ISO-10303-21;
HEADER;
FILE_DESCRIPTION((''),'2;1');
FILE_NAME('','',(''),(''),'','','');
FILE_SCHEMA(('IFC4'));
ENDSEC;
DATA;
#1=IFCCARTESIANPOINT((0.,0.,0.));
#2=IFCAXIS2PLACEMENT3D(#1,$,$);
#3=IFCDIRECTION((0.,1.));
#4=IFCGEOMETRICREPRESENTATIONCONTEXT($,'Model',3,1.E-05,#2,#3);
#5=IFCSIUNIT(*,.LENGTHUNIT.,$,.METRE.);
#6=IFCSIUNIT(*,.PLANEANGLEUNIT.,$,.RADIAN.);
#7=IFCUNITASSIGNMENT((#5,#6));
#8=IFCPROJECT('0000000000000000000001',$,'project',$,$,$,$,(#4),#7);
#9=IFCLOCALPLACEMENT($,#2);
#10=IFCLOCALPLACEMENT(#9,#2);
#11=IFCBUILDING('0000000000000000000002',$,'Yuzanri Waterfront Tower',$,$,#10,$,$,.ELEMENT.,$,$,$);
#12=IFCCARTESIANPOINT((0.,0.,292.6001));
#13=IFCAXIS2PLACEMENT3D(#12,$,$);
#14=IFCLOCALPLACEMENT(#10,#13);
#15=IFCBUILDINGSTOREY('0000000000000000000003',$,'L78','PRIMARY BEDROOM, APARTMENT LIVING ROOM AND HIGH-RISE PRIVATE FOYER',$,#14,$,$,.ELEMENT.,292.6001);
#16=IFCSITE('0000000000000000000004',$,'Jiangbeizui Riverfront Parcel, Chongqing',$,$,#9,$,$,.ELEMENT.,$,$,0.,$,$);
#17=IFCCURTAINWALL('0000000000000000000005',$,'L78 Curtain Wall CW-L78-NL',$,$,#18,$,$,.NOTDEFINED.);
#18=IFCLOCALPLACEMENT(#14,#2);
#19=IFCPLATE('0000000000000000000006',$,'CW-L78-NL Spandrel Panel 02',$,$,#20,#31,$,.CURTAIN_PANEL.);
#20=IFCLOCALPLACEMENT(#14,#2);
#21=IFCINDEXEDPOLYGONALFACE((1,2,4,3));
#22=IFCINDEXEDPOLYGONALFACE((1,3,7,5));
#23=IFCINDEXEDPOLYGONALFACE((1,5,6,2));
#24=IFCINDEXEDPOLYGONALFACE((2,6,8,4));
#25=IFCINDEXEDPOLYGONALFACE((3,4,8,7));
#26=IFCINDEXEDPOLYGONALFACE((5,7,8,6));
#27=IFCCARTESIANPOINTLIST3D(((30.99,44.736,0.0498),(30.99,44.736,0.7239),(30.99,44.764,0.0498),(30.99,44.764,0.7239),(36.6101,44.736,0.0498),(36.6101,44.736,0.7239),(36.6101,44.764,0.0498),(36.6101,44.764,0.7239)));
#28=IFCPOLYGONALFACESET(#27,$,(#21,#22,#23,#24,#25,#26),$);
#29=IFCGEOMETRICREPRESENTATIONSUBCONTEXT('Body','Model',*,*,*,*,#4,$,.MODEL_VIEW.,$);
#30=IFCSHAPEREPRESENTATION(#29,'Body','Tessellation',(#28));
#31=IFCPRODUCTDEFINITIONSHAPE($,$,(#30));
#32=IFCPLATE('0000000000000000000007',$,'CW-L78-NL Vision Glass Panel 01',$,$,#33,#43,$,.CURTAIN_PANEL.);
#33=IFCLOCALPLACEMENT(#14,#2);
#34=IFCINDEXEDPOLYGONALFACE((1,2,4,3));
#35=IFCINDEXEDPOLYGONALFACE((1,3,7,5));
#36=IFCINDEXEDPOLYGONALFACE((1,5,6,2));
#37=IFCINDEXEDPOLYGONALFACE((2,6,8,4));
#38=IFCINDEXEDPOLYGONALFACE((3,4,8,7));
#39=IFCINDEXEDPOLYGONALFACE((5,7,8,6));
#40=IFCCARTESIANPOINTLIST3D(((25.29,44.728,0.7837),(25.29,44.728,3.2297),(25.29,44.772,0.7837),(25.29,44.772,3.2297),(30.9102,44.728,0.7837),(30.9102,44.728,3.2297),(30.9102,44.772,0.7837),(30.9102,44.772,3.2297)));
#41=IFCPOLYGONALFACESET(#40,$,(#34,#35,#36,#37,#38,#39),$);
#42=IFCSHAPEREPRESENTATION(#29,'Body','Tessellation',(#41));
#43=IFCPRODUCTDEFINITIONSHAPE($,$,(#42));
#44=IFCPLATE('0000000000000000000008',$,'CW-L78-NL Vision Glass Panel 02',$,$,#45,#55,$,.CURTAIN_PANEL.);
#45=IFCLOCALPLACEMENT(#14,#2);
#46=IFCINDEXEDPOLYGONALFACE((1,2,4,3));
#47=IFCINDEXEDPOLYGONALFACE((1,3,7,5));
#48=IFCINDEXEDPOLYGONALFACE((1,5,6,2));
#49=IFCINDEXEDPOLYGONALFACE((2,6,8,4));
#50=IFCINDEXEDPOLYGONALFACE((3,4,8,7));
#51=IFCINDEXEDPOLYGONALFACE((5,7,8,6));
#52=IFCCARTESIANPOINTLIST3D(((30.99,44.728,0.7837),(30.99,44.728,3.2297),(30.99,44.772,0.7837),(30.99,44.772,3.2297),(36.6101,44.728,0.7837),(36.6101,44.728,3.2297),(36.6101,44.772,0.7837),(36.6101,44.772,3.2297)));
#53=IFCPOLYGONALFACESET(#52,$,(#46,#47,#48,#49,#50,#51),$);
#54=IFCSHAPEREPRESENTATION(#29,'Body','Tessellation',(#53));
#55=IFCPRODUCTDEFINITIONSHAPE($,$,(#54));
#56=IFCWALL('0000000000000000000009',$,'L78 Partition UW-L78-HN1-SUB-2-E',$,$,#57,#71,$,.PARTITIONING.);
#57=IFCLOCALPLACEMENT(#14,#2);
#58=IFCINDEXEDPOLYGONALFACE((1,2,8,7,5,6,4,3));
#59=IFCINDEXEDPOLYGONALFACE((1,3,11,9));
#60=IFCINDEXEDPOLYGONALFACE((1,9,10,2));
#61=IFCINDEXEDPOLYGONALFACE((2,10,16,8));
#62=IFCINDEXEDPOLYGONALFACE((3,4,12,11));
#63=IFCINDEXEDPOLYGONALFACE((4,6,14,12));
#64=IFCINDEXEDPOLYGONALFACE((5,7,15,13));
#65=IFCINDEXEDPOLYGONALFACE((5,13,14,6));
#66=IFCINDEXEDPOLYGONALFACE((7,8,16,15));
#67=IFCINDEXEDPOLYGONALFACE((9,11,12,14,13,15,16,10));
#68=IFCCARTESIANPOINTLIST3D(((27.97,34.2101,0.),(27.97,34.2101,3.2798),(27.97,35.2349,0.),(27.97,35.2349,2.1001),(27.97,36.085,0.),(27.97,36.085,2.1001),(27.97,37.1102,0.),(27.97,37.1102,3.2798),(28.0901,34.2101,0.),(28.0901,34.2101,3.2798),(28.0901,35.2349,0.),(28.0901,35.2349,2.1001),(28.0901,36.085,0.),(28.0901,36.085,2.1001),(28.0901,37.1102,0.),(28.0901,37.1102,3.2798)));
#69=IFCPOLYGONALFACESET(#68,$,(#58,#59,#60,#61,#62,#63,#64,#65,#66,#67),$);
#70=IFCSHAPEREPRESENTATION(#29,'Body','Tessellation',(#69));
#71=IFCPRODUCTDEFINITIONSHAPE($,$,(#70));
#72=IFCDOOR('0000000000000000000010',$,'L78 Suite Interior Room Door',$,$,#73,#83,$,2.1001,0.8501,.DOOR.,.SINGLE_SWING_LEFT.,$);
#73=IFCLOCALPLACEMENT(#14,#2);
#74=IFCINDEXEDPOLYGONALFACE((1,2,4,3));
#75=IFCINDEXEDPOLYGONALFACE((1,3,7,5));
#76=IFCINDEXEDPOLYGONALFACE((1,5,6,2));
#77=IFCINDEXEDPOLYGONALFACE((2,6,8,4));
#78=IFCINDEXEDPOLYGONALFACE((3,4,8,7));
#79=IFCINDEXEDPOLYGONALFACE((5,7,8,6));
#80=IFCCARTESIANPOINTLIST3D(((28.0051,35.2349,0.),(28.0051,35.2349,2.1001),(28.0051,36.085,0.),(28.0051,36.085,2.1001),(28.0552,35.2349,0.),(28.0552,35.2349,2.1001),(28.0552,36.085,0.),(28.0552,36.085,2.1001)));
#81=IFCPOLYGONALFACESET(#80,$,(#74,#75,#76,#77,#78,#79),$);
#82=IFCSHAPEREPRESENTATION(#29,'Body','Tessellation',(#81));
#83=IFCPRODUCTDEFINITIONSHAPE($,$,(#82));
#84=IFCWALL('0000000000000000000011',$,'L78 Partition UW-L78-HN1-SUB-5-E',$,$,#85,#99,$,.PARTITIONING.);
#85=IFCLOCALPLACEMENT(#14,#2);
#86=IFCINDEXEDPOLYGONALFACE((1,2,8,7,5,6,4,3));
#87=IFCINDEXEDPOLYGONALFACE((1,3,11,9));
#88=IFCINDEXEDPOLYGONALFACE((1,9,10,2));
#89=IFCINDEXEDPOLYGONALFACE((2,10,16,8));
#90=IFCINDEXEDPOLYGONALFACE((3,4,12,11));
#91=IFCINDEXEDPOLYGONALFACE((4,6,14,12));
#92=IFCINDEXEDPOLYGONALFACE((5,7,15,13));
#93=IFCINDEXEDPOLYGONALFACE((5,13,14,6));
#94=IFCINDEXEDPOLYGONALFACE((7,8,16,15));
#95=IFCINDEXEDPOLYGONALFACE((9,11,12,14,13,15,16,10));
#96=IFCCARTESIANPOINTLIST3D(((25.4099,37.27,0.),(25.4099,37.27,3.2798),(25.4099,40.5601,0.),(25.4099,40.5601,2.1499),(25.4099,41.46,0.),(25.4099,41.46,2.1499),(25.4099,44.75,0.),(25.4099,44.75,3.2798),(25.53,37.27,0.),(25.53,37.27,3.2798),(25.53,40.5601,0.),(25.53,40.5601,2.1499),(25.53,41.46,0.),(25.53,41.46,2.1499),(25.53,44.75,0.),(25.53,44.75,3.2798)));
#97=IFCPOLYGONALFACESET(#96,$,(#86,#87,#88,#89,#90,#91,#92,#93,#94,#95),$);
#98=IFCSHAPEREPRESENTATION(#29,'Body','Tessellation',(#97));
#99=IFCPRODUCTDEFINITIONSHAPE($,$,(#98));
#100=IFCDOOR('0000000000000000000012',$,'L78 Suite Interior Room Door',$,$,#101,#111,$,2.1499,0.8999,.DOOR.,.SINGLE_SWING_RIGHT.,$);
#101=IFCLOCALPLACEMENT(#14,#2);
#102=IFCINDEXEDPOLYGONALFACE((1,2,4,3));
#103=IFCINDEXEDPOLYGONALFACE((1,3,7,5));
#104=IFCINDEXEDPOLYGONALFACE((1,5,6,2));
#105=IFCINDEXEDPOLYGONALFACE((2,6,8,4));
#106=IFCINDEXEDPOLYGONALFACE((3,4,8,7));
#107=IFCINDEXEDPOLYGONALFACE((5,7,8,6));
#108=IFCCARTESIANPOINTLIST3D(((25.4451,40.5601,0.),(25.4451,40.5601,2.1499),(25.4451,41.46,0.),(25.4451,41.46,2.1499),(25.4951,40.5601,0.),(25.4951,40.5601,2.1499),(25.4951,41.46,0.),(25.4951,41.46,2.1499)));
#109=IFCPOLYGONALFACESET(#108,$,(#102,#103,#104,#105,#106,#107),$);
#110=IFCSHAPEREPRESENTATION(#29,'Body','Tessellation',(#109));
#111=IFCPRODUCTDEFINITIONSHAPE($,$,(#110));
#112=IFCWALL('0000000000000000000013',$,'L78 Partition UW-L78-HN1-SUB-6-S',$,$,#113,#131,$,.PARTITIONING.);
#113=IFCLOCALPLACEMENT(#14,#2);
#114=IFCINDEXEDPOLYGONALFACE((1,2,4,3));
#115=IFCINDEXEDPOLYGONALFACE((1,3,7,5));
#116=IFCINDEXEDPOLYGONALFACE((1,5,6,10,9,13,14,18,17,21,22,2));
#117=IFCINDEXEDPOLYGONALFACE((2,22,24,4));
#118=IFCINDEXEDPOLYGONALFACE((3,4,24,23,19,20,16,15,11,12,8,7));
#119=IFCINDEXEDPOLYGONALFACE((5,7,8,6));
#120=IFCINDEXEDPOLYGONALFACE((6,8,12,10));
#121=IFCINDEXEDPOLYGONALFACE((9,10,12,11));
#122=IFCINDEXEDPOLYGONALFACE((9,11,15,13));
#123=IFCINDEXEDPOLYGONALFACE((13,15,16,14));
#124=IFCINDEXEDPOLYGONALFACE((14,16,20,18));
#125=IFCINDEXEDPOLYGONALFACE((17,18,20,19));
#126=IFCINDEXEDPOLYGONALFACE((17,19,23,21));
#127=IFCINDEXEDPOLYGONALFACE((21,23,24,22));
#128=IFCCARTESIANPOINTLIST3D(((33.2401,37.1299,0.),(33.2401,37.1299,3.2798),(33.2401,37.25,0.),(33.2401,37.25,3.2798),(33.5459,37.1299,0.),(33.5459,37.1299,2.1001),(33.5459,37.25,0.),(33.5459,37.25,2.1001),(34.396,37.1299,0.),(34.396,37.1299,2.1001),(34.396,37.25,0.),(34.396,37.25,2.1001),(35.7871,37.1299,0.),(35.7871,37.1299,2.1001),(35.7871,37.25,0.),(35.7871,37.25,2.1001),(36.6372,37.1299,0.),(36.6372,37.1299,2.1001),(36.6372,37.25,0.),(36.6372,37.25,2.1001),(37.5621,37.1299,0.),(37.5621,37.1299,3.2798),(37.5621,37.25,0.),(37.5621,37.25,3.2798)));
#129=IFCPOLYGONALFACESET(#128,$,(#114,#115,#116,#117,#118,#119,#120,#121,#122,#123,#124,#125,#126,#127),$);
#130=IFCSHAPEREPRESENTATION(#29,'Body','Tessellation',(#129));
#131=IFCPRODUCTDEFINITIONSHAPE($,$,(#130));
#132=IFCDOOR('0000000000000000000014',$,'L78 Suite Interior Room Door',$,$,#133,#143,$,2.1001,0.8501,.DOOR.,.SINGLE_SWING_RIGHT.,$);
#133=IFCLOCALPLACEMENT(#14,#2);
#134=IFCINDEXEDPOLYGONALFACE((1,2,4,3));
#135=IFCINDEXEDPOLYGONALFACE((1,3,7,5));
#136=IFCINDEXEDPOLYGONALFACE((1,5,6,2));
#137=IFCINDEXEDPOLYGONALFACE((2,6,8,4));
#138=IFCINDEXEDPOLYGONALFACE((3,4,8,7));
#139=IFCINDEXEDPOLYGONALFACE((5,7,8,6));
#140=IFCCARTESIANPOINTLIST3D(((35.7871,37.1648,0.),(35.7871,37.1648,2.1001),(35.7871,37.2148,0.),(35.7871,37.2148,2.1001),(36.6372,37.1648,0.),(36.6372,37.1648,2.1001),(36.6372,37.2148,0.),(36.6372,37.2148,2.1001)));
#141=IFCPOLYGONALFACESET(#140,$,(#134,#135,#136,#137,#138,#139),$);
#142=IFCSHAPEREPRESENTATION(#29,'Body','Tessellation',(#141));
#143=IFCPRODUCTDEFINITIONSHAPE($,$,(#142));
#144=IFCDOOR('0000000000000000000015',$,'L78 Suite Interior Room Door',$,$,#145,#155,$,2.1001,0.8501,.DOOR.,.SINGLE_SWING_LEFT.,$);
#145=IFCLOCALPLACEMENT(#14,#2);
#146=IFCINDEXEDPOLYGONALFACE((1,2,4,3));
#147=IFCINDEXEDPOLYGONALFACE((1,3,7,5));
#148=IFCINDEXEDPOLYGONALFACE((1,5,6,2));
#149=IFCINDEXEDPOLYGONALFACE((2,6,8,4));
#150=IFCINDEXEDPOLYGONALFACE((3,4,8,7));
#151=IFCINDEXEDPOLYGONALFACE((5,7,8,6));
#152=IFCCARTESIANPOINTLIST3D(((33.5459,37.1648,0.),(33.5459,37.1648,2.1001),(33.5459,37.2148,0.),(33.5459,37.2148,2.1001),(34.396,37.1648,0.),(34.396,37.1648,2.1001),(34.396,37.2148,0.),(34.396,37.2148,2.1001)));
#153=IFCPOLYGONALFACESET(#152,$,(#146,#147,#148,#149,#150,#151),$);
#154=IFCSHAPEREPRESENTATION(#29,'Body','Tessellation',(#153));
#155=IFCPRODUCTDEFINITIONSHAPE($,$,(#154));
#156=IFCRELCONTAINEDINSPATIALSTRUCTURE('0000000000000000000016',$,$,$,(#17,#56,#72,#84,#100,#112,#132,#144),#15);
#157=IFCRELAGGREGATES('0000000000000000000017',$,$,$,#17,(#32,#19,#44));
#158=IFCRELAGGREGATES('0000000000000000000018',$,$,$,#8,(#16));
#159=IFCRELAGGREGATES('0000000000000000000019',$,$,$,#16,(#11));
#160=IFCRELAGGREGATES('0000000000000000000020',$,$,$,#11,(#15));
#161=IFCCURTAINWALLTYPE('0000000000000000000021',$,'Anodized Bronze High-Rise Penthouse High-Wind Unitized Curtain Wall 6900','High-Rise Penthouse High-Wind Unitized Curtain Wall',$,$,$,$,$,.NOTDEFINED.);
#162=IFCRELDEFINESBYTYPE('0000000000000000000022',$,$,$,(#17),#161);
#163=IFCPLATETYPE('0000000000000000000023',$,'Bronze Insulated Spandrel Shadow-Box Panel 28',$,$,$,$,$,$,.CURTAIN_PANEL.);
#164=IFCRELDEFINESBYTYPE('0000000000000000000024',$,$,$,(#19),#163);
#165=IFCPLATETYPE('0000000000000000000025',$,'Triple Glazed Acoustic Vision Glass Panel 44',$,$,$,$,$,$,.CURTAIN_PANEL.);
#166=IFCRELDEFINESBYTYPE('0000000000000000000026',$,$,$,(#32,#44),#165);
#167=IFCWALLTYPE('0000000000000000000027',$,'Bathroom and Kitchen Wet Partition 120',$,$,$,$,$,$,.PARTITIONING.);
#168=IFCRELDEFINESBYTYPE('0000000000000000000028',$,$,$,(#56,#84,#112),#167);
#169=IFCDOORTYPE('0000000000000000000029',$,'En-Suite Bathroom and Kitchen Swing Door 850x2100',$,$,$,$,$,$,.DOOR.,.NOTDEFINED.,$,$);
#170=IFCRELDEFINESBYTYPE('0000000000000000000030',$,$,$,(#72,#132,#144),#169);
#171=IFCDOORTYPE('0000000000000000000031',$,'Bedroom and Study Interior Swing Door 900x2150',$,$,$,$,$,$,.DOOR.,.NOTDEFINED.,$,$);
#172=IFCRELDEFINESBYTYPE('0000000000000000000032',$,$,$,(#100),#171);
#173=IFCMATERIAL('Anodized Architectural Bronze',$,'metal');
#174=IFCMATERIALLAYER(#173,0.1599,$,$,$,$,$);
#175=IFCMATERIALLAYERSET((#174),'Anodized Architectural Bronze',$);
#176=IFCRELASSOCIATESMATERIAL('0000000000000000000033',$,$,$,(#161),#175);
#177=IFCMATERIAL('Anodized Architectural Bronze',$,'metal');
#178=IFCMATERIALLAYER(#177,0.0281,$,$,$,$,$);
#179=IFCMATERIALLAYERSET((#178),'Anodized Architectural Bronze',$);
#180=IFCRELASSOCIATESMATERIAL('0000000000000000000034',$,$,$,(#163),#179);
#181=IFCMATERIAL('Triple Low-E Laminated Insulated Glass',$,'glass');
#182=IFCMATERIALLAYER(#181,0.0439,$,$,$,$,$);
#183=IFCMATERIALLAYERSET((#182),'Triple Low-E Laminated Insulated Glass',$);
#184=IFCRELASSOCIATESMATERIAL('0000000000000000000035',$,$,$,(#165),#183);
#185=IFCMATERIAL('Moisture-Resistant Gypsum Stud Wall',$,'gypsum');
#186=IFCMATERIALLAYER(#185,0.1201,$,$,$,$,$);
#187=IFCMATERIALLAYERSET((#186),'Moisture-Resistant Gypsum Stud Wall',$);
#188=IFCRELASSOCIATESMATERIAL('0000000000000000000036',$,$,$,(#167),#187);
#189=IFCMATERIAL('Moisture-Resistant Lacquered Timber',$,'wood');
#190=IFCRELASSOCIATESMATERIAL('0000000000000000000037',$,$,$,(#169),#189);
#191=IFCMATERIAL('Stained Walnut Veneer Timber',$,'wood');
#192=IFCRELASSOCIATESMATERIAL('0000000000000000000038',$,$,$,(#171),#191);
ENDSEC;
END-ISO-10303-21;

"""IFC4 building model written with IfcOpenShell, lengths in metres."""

from ifc_helpers import new_model, si_unit, direction, frame, frame_2d, origin, origin_2d, place, context, subcontext, project, spatial, rectangle, extrude, source, transform, mapped, material, layer, layer_set, type_object, element, fill, aggregate, save


model = new_model("IFC4")

# Units and contexts
model_context = context("Model", 3, precision=1e-05, world=origin(), true_north=direction((0.0, 1.0)))
body_context = subcontext(model_context, "Body", "Model", "MODEL_VIEW")
ifc_project = project(units=[si_unit("LENGTHUNIT", "METRE"), si_unit("PLANEANGLEUNIT", "RADIAN")], contexts=[model_context])

# Site, building, storey
site_placement = place(None, origin())
site = spatial("IfcSite", under=ifc_project, at=site_placement, Name="Jiangbeizui Riverfront Parcel, Chongqing", CompositionType="ELEMENT", RefElevation=0.0)
building_placement = place(site_placement, origin())
building = spatial("IfcBuilding", under=site, at=building_placement, Name="Yuzanri Waterfront Tower", CompositionType="ELEMENT")
storey_placement = place(building_placement, frame((0.0, 0.0, 292.6001)))
storey = spatial("IfcBuildingStorey", under=building, at=storey_placement, Name="L78", Description="PRIMARY BEDROOM, APARTMENT LIVING ROOM AND HIGH-RISE PRIVATE FOYER", CompositionType="ELEMENT", Elevation=292.6001)

# Curtain wall, plates
ifc_material_1 = material(Name="Anodized Architectural Bronze", Category="metal")
ifc_layer_1 = layer(ifc_material_1, 0.1599)
ifc_layer_set_1 = layer_set([ifc_layer_1], Name="Anodized Architectural Bronze")
curtain_wall_type = type_object("IfcCurtainWallType", Name="Anodized Bronze High-Rise Penthouse High-Wind Unitized Curtain Wall 6900", Description="High-Rise Penthouse High-Wind Unitized Curtain Wall", PredefinedType="NOTDEFINED", material=ifc_layer_set_1)
curtain_wall_placement = place(storey_placement, origin())
curtain_wall = element("IfcCurtainWall", 1, at=curtain_wall_placement, inside=storey, type_object=curtain_wall_type, Name="L78 Curtain Wall CW-L78-NL", PredefinedType="NOTDEFINED")
ifc_material_2 = material(Name="Anodized Architectural Bronze", Category="metal")
ifc_layer_2 = layer(ifc_material_2, 0.0281)
ifc_layer_set_2 = layer_set([ifc_layer_2], Name="Anodized Architectural Bronze")
plate_type_1 = type_object("IfcPlateType", Name="Bronze Insulated Spandrel Shadow-Box Panel 28", PredefinedType="CURTAIN_PANEL", material=ifc_layer_set_2)
shared_shape_1 = source(origin(), body_context, "Body", "SweptSolid", [
    extrude(rectangle(XDim=5.6201, YDim=0.0281, at=origin_2d()), origin(), (0.0, 0.0, 1.0), 0.6741),
])
plate_1_placement = place(storey_placement, frame((33.8, 44.75, 0.0498), z_axis=(0.0, 0.0, 1.0), x_axis=(1.0, 0.0, 0.0)))
plate_1 = element("IfcPlate", 2, at=plate_1_placement, type_object=plate_type_1, Name="CW-L78-NL Spandrel Panel 02", PredefinedType="CURTAIN_PANEL", context=body_context, shape_type="MappedRepresentation", body=[
    mapped(shared_shape_1, transform((0.0, 0.0, 0.0), scale=1.0)),
])
ifc_material_3 = material(Name="Triple Low-E Laminated Insulated Glass", Category="glass")
ifc_layer_3 = layer(ifc_material_3, 0.0439)
ifc_layer_set_3 = layer_set([ifc_layer_3], Name="Triple Low-E Laminated Insulated Glass")
plate_type_2 = type_object("IfcPlateType", Name="Triple Glazed Acoustic Vision Glass Panel 44", PredefinedType="CURTAIN_PANEL", material=ifc_layer_set_3)
shared_shape_2 = source(origin(), body_context, "Body", "SweptSolid", [
    extrude(rectangle(XDim=5.6201, YDim=0.0439, at=origin_2d()), origin(), (0.0, 0.0, 1.0), 2.446),
])
plate_2_placement = place(storey_placement, frame((28.1001, 44.75, 0.7837), z_axis=(0.0, 0.0, 1.0), x_axis=(1.0, 0.0, 0.0)))
plate_2 = element("IfcPlate", 3, at=plate_2_placement, type_object=plate_type_2, Name="CW-L78-NL Vision Glass Panel 01", PredefinedType="CURTAIN_PANEL", context=body_context, shape_type="MappedRepresentation", body=[
    mapped(shared_shape_2, transform((0.0, 0.0, 0.0), scale=1.0)),
])
plate_3_placement = place(storey_placement, frame((33.8, 44.75, 0.7837), z_axis=(0.0, 0.0, 1.0), x_axis=(1.0, 0.0, 0.0)))
plate_3 = element("IfcPlate", 4, at=plate_3_placement, type_object=plate_type_2, Name="CW-L78-NL Vision Glass Panel 02", PredefinedType="CURTAIN_PANEL", context=body_context, shape_type="MappedRepresentation", body=[
    mapped(shared_shape_2, transform((0.0, 0.0, 0.0), scale=1.0)),
])
aggregate(curtain_wall, [plate_2, plate_1, plate_3])

# Walls, openings, doors
ifc_material_4 = material(Name="Moisture-Resistant Gypsum Stud Wall", Category="gypsum")
ifc_layer_4 = layer(ifc_material_4, 0.1201)
ifc_layer_set_4 = layer_set([ifc_layer_4], Name="Moisture-Resistant Gypsum Stud Wall")
wall_type = type_object("IfcWallType", Name="Bathroom and Kitchen Wet Partition 120", PredefinedType="PARTITIONING", material=ifc_layer_set_4)
wall_1_placement = place(storey_placement, frame((28.03, 34.21, 0.0), z_axis=(0.0, 0.0, 1.0), x_axis=(0.0, 1.0, 0.0)))
wall_1 = element("IfcWall", 5, at=wall_1_placement, inside=storey, type_object=wall_type, Name="L78 Partition UW-L78-HN1-SUB-2-E", PredefinedType="PARTITIONING", context=body_context, shape_type="SweptSolid", body=[
    extrude(rectangle(XDim=2.9001, YDim=0.1201, at=frame_2d((1.4502, 0.0))), origin(), (0.0, 0.0, 1.0), 3.2798),
])
opening_1_placement = place(wall_1_placement, frame((1.0249, 0.0, 0.0)))
opening_1 = element("IfcOpeningElement", 6, at=opening_1_placement, cuts=wall_1, PredefinedType="OPENING", context=body_context, shape_type="SweptSolid", body=[
    extrude(rectangle(XDim=0.8501, YDim=2.1001, at=frame_2d((0.425, 1.05))), frame((0.0, 0.075, 0.0), z_axis=(0.0, -1.0, 0.0), x_axis=(1.0, 0.0, 0.0)), (0.0, 0.0, 1.0), 0.1499),
])
ifc_material_5 = material(Name="Moisture-Resistant Lacquered Timber", Category="wood")
door_type_1 = type_object("IfcDoorType", Name="En-Suite Bathroom and Kitchen Swing Door 850x2100", OperationType="NOTDEFINED", PredefinedType="DOOR", material=ifc_material_5)
shared_shape_3 = source(origin(), body_context, "Body", "SweptSolid", [
    extrude(rectangle(XDim=0.8501, YDim=2.1001, at=frame_2d((0.425, 1.05))), frame((0.0, 0.0249, 0.0), z_axis=(0.0, -1.0, 0.0), x_axis=(1.0, 0.0, 0.0)), (0.0, 0.0, 1.0), 0.05),
])
door_1_placement = place(opening_1_placement, origin())
door_1 = element("IfcDoor", 7, at=door_1_placement, inside=storey, type_object=door_type_1, Name="L78 Suite Interior Room Door", OperationType="SINGLE_SWING_LEFT", OverallHeight=2.1001, OverallWidth=0.8501, PredefinedType="DOOR", context=body_context, shape_type="MappedRepresentation", body=[
    mapped(shared_shape_3, transform((0.0, 0.0, 0.0), scale=1.0)),
])
fill(opening_1, door_1)
wall_2_placement = place(storey_placement, frame((25.47, 37.27, 0.0), z_axis=(0.0, 0.0, 1.0), x_axis=(0.0, 1.0, 0.0)))
wall_2 = element("IfcWall", 8, at=wall_2_placement, inside=storey, type_object=wall_type, Name="L78 Partition UW-L78-HN1-SUB-5-E", PredefinedType="PARTITIONING", context=body_context, shape_type="SweptSolid", body=[
    extrude(rectangle(XDim=7.48, YDim=0.1201, at=frame_2d((3.74, 0.0))), origin(), (0.0, 0.0, 1.0), 3.2798),
])
opening_2_placement = place(wall_2_placement, frame((3.29, 0.0, 0.0)))
opening_2 = element("IfcOpeningElement", 9, at=opening_2_placement, cuts=wall_2, PredefinedType="OPENING", context=body_context, shape_type="SweptSolid", body=[
    extrude(rectangle(XDim=0.8999, YDim=2.1499, at=frame_2d((0.45, 1.075))), frame((0.0, 0.075, 0.0), z_axis=(0.0, -1.0, 0.0), x_axis=(1.0, 0.0, 0.0)), (0.0, 0.0, 1.0), 0.1499),
])
ifc_material_6 = material(Name="Stained Walnut Veneer Timber", Category="wood")
door_type_2 = type_object("IfcDoorType", Name="Bedroom and Study Interior Swing Door 900x2150", OperationType="NOTDEFINED", PredefinedType="DOOR", material=ifc_material_6)
shared_shape_4 = source(origin(), body_context, "Body", "SweptSolid", [
    extrude(rectangle(XDim=0.8999, YDim=2.1499, at=frame_2d((0.45, 1.075))), frame((0.0, 0.0249, 0.0), z_axis=(0.0, -1.0, 0.0), x_axis=(1.0, 0.0, 0.0)), (0.0, 0.0, 1.0), 0.05),
])
door_2_placement = place(opening_2_placement, origin())
door_2 = element("IfcDoor", 10, at=door_2_placement, inside=storey, type_object=door_type_2, Name="L78 Suite Interior Room Door", OperationType="SINGLE_SWING_RIGHT", OverallHeight=2.1499, OverallWidth=0.8999, PredefinedType="DOOR", context=body_context, shape_type="MappedRepresentation", body=[
    mapped(shared_shape_4, transform((0.0, 0.0, 0.0), scale=1.0)),
])
fill(opening_2, door_2)

# Wall, openings, doors
wall_3_placement = place(storey_placement, frame((33.24, 37.1899, 0.0), z_axis=(0.0, 0.0, 1.0), x_axis=(1.0, 0.0, 0.0)))
wall_3 = element("IfcWall", 11, at=wall_3_placement, inside=storey, type_object=wall_type, Name="L78 Partition UW-L78-HN1-SUB-6-S", PredefinedType="PARTITIONING", context=body_context, shape_type="SweptSolid", body=[
    extrude(rectangle(XDim=4.322, YDim=0.1201, at=frame_2d((2.1611, 0.0))), origin(), (0.0, 0.0, 1.0), 3.2798),
])
opening_3_placement = place(wall_3_placement, frame((2.5471, 0.0, 0.0)))
opening_3 = element("IfcOpeningElement", 12, at=opening_3_placement, cuts=wall_3, PredefinedType="OPENING", context=body_context, shape_type="SweptSolid", body=[
    extrude(rectangle(XDim=0.8501, YDim=2.1001, at=frame_2d((0.425, 1.05))), frame((0.0, 0.075, 0.0), z_axis=(0.0, -1.0, 0.0), x_axis=(1.0, 0.0, 0.0)), (0.0, 0.0, 1.0), 0.1499),
])
opening_4_placement = place(wall_3_placement, frame((0.3059, 0.0, 0.0)))
opening_4 = element("IfcOpeningElement", 13, at=opening_4_placement, cuts=wall_3, PredefinedType="OPENING", context=body_context, shape_type="SweptSolid", body=[
    extrude(rectangle(XDim=0.8501, YDim=2.1001, at=frame_2d((0.425, 1.05))), frame((0.0, 0.075, 0.0), z_axis=(0.0, -1.0, 0.0), x_axis=(1.0, 0.0, 0.0)), (0.0, 0.0, 1.0), 0.1499),
])
door_3_placement = place(opening_3_placement, origin())
door_3 = element("IfcDoor", 14, at=door_3_placement, inside=storey, type_object=door_type_1, Name="L78 Suite Interior Room Door", OperationType="SINGLE_SWING_RIGHT", OverallHeight=2.1001, OverallWidth=0.8501, PredefinedType="DOOR", context=body_context, shape_type="MappedRepresentation", body=[
    mapped(shared_shape_3, transform((0.0, 0.0, 0.0), scale=1.0)),
])
fill(opening_3, door_3)
door_4_placement = place(opening_4_placement, origin())
door_4 = element("IfcDoor", 15, at=door_4_placement, inside=storey, type_object=door_type_1, Name="L78 Suite Interior Room Door", OperationType="SINGLE_SWING_LEFT", OverallHeight=2.1001, OverallWidth=0.8501, PredefinedType="DOOR", context=body_context, shape_type="MappedRepresentation", body=[
    mapped(shared_shape_3, transform((0.0, 0.0, 0.0), scale=1.0)),
])
fill(opening_4, door_4)

save(model, "model.ifc")
